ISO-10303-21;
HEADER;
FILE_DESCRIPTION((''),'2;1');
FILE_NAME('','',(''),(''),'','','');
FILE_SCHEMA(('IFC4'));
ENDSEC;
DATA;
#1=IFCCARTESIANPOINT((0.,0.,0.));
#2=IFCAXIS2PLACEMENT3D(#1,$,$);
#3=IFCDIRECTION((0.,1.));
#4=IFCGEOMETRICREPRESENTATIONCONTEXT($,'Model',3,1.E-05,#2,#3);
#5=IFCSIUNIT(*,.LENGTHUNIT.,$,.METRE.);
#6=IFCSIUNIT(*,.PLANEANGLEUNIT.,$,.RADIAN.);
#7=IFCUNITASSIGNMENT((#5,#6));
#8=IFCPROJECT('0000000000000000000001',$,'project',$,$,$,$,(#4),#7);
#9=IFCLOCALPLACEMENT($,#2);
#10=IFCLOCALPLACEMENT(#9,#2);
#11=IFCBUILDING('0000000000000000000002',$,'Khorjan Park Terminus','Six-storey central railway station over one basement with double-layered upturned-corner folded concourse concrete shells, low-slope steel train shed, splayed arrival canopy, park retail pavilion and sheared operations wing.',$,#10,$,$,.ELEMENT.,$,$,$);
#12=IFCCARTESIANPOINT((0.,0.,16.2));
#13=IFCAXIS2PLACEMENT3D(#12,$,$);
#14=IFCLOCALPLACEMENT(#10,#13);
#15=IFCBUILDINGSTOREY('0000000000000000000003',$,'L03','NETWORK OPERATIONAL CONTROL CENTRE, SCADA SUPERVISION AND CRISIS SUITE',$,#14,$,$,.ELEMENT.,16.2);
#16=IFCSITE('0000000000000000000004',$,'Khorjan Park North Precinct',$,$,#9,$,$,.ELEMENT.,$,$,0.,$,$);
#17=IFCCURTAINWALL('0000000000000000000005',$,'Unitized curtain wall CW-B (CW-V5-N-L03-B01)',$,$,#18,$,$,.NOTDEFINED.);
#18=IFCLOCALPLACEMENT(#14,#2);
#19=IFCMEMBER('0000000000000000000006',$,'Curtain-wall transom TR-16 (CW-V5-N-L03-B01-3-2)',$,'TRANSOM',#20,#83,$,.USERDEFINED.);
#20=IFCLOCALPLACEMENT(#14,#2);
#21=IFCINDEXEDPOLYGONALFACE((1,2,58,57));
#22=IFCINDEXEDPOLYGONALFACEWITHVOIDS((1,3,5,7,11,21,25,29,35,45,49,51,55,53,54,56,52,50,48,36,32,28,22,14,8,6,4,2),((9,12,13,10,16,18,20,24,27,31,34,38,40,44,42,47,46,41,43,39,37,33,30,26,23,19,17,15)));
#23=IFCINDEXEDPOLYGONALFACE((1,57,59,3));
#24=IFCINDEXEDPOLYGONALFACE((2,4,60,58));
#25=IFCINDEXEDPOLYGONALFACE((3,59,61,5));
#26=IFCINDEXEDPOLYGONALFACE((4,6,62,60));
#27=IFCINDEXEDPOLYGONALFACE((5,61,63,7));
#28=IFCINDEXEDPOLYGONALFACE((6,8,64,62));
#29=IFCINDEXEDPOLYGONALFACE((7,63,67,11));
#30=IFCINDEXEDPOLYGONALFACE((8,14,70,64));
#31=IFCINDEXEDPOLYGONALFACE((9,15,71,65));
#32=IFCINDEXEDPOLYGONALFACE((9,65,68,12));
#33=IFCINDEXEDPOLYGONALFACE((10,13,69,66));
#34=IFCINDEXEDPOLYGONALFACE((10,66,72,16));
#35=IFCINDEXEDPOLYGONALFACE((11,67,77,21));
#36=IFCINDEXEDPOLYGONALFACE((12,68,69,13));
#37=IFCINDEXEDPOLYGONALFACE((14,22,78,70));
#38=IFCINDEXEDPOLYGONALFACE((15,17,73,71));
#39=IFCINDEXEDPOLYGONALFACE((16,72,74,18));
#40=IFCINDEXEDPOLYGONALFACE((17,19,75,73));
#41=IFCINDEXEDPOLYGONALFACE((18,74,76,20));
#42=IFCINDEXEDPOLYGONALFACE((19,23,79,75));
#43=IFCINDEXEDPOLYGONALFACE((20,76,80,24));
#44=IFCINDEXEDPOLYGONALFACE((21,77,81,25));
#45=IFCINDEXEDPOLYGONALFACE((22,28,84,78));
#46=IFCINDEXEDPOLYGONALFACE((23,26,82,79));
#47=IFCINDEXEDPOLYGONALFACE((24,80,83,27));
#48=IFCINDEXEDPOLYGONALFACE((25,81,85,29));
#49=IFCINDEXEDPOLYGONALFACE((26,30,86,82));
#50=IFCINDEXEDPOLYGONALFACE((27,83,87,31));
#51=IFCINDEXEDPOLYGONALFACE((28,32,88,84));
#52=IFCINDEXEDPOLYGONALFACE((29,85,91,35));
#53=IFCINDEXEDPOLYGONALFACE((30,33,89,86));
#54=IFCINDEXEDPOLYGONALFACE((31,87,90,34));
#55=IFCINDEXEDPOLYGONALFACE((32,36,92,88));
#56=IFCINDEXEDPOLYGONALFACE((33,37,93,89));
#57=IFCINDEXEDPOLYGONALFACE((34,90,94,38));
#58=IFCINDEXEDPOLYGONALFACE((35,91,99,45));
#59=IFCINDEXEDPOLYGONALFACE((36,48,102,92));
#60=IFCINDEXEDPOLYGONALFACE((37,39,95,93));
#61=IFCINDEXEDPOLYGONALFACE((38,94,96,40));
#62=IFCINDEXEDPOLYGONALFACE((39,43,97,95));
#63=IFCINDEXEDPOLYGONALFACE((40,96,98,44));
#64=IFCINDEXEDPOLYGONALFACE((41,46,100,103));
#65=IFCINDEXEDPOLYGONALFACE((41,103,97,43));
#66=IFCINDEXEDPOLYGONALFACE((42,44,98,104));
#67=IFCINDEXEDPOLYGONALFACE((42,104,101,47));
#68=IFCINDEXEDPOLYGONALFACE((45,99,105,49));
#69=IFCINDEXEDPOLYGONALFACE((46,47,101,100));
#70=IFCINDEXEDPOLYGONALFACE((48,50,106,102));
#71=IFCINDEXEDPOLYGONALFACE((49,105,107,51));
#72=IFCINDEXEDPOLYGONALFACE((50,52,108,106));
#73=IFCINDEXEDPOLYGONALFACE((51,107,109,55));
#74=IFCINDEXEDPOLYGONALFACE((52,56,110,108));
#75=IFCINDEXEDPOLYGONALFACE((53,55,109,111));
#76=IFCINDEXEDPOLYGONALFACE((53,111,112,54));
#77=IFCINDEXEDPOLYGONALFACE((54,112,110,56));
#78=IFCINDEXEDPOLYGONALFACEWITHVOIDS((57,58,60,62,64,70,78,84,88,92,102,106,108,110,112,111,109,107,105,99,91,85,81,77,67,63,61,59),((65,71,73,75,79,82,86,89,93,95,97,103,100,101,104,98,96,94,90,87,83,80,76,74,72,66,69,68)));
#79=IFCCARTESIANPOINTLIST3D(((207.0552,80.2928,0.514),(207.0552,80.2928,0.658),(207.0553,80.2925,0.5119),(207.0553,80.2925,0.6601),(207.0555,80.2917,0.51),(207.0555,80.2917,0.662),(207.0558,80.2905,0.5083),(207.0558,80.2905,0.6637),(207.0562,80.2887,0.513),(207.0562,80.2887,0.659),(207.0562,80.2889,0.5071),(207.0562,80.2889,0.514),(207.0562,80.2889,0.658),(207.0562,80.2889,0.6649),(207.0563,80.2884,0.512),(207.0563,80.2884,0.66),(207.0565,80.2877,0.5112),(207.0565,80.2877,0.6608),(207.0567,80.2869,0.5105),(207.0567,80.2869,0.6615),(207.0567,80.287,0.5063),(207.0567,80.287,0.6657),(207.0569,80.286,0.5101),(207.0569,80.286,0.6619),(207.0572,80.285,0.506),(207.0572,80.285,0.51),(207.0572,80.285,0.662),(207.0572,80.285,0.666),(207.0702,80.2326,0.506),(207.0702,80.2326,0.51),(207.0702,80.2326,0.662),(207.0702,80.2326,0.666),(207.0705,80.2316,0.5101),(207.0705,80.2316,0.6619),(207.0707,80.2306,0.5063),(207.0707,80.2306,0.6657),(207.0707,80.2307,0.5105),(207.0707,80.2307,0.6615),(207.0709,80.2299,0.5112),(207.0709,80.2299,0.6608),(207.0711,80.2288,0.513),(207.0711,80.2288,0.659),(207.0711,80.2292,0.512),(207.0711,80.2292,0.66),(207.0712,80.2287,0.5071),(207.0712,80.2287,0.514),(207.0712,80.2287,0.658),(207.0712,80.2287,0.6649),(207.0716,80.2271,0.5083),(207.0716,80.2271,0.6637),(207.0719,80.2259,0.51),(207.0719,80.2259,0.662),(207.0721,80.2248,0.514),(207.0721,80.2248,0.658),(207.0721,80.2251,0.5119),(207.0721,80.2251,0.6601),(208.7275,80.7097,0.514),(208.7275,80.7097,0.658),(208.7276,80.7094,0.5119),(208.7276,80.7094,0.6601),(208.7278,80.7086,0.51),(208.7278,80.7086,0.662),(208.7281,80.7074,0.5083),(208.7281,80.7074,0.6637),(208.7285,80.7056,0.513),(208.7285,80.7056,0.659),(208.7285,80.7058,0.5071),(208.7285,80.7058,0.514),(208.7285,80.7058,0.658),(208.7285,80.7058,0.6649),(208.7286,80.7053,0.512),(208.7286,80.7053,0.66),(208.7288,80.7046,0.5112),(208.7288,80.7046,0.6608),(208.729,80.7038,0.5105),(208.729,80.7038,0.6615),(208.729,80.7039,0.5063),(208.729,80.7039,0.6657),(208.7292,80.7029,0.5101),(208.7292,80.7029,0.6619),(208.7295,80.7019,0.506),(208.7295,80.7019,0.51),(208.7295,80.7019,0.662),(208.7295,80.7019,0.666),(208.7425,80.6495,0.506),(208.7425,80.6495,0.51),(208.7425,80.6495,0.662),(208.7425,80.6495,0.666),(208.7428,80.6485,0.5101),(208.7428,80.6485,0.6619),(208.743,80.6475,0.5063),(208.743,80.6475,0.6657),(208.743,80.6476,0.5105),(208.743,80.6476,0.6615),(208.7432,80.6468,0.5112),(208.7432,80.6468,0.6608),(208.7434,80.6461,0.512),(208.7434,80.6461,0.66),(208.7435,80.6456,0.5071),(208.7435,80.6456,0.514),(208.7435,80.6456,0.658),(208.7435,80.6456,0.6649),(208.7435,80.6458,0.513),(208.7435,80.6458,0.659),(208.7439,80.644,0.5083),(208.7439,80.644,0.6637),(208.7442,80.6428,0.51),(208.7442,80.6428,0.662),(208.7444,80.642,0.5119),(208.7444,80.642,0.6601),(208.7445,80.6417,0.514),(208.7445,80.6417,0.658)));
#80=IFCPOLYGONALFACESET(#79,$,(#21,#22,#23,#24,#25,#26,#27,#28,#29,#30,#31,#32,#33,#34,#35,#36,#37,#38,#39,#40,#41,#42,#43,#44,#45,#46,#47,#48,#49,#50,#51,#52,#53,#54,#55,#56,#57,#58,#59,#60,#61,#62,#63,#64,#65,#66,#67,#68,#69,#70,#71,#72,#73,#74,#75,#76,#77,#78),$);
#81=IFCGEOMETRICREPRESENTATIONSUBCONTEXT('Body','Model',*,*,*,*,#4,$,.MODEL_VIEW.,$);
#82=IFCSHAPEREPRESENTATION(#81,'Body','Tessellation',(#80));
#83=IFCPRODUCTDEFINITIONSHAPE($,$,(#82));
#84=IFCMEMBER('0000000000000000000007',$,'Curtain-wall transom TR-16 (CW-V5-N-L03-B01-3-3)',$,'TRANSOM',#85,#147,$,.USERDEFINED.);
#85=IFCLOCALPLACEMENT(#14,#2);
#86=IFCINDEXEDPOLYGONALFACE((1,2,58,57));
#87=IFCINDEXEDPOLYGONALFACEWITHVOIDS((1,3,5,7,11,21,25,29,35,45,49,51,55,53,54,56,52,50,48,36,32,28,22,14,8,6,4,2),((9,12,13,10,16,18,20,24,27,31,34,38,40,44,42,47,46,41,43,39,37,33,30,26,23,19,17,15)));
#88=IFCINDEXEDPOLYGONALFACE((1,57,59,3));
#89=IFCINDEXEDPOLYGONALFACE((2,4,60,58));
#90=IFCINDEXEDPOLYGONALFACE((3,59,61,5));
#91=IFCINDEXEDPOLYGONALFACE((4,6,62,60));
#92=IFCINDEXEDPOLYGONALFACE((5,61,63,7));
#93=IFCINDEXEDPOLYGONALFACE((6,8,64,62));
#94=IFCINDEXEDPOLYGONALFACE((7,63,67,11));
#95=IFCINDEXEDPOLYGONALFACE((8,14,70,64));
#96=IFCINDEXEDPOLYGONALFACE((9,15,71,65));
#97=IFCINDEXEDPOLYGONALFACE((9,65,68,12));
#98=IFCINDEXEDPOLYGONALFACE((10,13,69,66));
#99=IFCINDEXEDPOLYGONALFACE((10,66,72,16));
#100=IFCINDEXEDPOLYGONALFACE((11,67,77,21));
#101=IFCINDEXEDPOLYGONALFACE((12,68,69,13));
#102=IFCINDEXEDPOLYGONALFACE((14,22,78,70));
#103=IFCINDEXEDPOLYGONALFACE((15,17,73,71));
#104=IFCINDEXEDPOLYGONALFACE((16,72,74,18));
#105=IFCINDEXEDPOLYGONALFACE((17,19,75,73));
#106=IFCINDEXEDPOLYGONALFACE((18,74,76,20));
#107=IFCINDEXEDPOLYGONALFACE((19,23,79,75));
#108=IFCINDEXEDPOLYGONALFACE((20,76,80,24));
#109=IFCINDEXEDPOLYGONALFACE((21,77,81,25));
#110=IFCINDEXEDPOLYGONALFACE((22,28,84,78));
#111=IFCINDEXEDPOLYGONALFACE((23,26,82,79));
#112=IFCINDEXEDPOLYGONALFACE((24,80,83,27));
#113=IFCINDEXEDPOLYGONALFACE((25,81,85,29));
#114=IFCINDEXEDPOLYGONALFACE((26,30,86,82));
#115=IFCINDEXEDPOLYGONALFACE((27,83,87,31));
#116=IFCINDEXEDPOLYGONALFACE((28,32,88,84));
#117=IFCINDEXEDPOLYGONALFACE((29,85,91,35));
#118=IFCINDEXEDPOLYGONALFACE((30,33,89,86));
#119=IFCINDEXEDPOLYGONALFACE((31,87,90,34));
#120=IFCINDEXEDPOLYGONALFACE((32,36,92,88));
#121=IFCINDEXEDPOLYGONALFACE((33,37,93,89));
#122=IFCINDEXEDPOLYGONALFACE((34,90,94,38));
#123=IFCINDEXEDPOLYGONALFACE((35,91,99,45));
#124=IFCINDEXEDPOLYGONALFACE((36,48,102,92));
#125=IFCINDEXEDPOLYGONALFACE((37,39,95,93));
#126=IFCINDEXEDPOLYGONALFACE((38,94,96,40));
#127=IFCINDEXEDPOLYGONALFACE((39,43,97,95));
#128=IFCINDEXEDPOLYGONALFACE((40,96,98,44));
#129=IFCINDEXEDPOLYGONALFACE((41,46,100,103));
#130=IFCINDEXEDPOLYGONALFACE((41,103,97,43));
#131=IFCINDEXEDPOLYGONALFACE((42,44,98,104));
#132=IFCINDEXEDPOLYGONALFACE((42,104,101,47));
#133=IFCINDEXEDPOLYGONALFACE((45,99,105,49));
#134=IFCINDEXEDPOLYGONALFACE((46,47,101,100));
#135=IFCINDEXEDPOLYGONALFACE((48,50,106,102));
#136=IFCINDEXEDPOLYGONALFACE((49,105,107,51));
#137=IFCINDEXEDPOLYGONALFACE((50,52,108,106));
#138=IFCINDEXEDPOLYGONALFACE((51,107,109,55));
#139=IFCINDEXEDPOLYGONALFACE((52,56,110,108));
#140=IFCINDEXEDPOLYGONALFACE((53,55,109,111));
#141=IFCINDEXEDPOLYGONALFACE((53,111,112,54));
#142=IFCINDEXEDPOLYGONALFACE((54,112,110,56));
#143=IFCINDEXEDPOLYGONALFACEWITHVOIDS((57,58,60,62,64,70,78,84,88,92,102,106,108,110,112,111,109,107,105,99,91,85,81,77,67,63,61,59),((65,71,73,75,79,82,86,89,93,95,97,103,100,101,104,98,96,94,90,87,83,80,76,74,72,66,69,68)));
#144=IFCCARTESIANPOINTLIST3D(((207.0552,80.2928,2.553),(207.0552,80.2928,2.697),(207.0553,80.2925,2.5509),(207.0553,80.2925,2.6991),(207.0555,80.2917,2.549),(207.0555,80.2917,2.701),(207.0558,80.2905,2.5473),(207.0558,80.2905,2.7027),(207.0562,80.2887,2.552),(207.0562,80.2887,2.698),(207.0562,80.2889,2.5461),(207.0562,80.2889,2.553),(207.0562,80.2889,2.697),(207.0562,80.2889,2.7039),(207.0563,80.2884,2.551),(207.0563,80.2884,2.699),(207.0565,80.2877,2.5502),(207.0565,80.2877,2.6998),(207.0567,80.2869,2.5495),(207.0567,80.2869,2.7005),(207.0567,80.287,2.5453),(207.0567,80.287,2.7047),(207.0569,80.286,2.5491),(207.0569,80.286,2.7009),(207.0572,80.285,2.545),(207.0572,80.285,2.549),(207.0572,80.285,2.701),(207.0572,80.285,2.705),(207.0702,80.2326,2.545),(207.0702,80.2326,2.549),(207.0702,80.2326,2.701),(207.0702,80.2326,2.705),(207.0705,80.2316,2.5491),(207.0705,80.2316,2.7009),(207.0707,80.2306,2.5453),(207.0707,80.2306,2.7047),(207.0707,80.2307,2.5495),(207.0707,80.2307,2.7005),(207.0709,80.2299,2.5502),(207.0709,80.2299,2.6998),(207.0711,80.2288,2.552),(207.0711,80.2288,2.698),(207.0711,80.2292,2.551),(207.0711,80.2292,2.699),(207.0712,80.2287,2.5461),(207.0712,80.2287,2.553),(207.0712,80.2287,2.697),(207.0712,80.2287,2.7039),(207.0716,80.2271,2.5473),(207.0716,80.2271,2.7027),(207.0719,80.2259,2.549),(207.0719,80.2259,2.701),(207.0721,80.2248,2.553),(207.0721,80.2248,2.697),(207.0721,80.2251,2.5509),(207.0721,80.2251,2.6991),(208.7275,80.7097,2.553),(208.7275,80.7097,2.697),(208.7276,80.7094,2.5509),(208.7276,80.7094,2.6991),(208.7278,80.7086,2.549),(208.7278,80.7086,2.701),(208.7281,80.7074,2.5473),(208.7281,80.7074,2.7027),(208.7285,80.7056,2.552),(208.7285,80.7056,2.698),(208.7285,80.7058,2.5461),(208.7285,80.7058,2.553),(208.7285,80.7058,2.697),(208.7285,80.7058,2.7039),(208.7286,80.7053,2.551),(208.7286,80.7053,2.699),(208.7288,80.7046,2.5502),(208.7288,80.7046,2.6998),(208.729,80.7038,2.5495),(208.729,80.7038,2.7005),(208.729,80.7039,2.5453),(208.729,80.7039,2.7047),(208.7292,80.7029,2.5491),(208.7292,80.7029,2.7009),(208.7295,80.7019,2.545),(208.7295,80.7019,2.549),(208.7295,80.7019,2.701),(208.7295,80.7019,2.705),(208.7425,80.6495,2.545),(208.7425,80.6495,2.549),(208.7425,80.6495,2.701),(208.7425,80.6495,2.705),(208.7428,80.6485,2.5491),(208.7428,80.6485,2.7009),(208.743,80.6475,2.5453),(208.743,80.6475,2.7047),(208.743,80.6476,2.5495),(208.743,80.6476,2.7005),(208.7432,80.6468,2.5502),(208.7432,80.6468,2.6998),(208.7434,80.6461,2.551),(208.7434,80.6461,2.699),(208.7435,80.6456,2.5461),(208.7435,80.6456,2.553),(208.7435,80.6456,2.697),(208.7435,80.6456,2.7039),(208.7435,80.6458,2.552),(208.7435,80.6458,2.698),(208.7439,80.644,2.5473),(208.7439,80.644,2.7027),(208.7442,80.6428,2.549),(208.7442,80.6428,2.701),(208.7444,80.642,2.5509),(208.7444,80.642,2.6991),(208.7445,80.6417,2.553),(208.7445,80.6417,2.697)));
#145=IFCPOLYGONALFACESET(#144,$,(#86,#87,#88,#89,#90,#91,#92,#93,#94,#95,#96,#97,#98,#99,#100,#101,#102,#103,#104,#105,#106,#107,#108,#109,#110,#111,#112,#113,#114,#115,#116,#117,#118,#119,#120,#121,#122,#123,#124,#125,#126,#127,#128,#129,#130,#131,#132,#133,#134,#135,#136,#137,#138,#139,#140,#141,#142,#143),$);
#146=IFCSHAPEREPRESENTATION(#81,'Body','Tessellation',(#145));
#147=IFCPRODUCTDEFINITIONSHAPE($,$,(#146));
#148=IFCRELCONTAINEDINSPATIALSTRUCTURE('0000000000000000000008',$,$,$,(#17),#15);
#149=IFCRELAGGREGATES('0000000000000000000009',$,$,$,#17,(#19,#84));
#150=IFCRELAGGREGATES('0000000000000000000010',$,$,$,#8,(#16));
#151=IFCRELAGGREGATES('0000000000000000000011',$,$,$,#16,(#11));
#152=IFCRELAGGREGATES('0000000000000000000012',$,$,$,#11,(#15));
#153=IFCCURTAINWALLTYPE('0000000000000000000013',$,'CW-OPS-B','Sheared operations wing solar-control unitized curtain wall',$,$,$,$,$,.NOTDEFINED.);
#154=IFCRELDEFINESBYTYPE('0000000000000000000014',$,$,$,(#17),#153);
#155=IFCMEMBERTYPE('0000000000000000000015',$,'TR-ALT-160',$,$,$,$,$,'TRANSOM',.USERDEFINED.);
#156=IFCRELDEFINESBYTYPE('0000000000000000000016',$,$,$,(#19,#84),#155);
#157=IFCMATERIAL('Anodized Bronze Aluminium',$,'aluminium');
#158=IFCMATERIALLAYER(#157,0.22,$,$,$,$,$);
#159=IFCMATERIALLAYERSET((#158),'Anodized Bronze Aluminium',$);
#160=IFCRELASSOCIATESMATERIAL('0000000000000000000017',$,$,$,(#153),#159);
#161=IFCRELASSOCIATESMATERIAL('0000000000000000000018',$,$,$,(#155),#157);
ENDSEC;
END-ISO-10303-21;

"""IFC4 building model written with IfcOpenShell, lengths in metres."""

from ifc_helpers import new_model, si_unit, direction, frame, origin, origin_2d, place, context, subcontext, project, spatial, hollow_rectangle, extrude, material, layer, layer_set, material_profile, profile_set, type_object, element, aggregate, save


model = new_model("IFC4")

# Units and contexts
model_context = context("Model", 3, precision=1e-05, world=origin(), true_north=direction((0.0, 1.0)))
body_context = subcontext(model_context, "Body", "Model", "MODEL_VIEW")
ifc_project = project(units=[si_unit("LENGTHUNIT", "METRE"), si_unit("PLANEANGLEUNIT", "RADIAN")], contexts=[model_context])

# Site, building, storey
site_placement = place(None, origin())
site = spatial("IfcSite", under=ifc_project, at=site_placement, Name="Khorjan Park North Precinct", CompositionType="ELEMENT", RefElevation=0.0)
building_placement = place(site_placement, origin())
building = spatial("IfcBuilding", under=site, at=building_placement, Name="Khorjan Park Terminus", Description="Six-storey central railway station over one basement with double-layered upturned-corner folded concourse concrete shells, low-slope steel train shed, splayed arrival canopy, park retail pavilion and sheared operations wing.", CompositionType="ELEMENT")
storey_placement = place(building_placement, frame((0.0, 0.0, 16.2)))
storey = spatial("IfcBuildingStorey", under=building, at=storey_placement, Name="L03", Description="NETWORK OPERATIONAL CONTROL CENTRE, SCADA SUPERVISION AND CRISIS SUITE", CompositionType="ELEMENT", Elevation=16.2)

# Curtain wall, members
ifc_material_1 = material(Name="Anodized Bronze Aluminium", Category="aluminium")
ifc_layer_1 = layer(ifc_material_1, 0.22)
ifc_layer_set_1 = layer_set([ifc_layer_1], Name="Anodized Bronze Aluminium")
curtain_wall_type = type_object("IfcCurtainWallType", Name="CW-OPS-B", Description="Sheared operations wing solar-control unitized curtain wall", PredefinedType="NOTDEFINED", material=ifc_layer_set_1)
curtain_wall_placement = place(storey_placement, origin())
curtain_wall = element("IfcCurtainWall", 1, at=curtain_wall_placement, inside=storey, type_object=curtain_wall_type, Name="Unitized curtain wall CW-B (CW-V5-N-L03-B01)", PredefinedType="NOTDEFINED")
ifc_material_profile_1 = material_profile(ifc_material_1, hollow_rectangle(XDim=0.07, YDim=0.16, WallThickness=0.004, InnerFilletRadius=0.004, OuterFilletRadius=0.008, at=origin_2d()), Name="ALT 70x160x4")
ifc_profile_set_1 = profile_set([ifc_material_profile_1], Name="Anodized Bronze Aluminium")
member_type_1 = type_object("IfcMemberType", Name="TR-ALT-160", ElementType="TRANSOM", PredefinedType="USERDEFINED", material=ifc_profile_set_1)
member_1_placement = place(storey_placement, frame((208.736, 80.6757, 0.586), z_axis=(-0.970303, -0.241894, 0.0), x_axis=(0.241894, -0.970303, 0.0)))
member_1 = element("IfcMember", 2, at=member_1_placement, type_object=member_type_1, Name="Curtain-wall transom TR-16 (CW-V5-N-L03-B01-3-2)", ObjectType="TRANSOM", PredefinedType="USERDEFINED", context=body_context, shape_type="SweptSolid", body=[
    extrude(hollow_rectangle(XDim=0.07, YDim=0.16, WallThickness=0.004, InnerFilletRadius=0.004, OuterFilletRadius=0.008, at=origin_2d()), origin(), (0.0, 0.0, 1.0), 1.7235),
])
member_2_placement = place(storey_placement, frame((208.736, 80.6757, 2.625), z_axis=(-0.970303, -0.241894, 0.0), x_axis=(0.241894, -0.970303, 0.0)))
member_2 = element("IfcMember", 3, at=member_2_placement, type_object=member_type_1, Name="Curtain-wall transom TR-16 (CW-V5-N-L03-B01-3-3)", ObjectType="TRANSOM", PredefinedType="USERDEFINED", context=body_context, shape_type="SweptSolid", body=[
    extrude(hollow_rectangle(XDim=0.07, YDim=0.16, WallThickness=0.004, InnerFilletRadius=0.004, OuterFilletRadius=0.008, at=origin_2d()), origin(), (0.0, 0.0, 1.0), 1.7235),
])
aggregate(curtain_wall, [member_1, member_2])

save(model, "model.ifc")
